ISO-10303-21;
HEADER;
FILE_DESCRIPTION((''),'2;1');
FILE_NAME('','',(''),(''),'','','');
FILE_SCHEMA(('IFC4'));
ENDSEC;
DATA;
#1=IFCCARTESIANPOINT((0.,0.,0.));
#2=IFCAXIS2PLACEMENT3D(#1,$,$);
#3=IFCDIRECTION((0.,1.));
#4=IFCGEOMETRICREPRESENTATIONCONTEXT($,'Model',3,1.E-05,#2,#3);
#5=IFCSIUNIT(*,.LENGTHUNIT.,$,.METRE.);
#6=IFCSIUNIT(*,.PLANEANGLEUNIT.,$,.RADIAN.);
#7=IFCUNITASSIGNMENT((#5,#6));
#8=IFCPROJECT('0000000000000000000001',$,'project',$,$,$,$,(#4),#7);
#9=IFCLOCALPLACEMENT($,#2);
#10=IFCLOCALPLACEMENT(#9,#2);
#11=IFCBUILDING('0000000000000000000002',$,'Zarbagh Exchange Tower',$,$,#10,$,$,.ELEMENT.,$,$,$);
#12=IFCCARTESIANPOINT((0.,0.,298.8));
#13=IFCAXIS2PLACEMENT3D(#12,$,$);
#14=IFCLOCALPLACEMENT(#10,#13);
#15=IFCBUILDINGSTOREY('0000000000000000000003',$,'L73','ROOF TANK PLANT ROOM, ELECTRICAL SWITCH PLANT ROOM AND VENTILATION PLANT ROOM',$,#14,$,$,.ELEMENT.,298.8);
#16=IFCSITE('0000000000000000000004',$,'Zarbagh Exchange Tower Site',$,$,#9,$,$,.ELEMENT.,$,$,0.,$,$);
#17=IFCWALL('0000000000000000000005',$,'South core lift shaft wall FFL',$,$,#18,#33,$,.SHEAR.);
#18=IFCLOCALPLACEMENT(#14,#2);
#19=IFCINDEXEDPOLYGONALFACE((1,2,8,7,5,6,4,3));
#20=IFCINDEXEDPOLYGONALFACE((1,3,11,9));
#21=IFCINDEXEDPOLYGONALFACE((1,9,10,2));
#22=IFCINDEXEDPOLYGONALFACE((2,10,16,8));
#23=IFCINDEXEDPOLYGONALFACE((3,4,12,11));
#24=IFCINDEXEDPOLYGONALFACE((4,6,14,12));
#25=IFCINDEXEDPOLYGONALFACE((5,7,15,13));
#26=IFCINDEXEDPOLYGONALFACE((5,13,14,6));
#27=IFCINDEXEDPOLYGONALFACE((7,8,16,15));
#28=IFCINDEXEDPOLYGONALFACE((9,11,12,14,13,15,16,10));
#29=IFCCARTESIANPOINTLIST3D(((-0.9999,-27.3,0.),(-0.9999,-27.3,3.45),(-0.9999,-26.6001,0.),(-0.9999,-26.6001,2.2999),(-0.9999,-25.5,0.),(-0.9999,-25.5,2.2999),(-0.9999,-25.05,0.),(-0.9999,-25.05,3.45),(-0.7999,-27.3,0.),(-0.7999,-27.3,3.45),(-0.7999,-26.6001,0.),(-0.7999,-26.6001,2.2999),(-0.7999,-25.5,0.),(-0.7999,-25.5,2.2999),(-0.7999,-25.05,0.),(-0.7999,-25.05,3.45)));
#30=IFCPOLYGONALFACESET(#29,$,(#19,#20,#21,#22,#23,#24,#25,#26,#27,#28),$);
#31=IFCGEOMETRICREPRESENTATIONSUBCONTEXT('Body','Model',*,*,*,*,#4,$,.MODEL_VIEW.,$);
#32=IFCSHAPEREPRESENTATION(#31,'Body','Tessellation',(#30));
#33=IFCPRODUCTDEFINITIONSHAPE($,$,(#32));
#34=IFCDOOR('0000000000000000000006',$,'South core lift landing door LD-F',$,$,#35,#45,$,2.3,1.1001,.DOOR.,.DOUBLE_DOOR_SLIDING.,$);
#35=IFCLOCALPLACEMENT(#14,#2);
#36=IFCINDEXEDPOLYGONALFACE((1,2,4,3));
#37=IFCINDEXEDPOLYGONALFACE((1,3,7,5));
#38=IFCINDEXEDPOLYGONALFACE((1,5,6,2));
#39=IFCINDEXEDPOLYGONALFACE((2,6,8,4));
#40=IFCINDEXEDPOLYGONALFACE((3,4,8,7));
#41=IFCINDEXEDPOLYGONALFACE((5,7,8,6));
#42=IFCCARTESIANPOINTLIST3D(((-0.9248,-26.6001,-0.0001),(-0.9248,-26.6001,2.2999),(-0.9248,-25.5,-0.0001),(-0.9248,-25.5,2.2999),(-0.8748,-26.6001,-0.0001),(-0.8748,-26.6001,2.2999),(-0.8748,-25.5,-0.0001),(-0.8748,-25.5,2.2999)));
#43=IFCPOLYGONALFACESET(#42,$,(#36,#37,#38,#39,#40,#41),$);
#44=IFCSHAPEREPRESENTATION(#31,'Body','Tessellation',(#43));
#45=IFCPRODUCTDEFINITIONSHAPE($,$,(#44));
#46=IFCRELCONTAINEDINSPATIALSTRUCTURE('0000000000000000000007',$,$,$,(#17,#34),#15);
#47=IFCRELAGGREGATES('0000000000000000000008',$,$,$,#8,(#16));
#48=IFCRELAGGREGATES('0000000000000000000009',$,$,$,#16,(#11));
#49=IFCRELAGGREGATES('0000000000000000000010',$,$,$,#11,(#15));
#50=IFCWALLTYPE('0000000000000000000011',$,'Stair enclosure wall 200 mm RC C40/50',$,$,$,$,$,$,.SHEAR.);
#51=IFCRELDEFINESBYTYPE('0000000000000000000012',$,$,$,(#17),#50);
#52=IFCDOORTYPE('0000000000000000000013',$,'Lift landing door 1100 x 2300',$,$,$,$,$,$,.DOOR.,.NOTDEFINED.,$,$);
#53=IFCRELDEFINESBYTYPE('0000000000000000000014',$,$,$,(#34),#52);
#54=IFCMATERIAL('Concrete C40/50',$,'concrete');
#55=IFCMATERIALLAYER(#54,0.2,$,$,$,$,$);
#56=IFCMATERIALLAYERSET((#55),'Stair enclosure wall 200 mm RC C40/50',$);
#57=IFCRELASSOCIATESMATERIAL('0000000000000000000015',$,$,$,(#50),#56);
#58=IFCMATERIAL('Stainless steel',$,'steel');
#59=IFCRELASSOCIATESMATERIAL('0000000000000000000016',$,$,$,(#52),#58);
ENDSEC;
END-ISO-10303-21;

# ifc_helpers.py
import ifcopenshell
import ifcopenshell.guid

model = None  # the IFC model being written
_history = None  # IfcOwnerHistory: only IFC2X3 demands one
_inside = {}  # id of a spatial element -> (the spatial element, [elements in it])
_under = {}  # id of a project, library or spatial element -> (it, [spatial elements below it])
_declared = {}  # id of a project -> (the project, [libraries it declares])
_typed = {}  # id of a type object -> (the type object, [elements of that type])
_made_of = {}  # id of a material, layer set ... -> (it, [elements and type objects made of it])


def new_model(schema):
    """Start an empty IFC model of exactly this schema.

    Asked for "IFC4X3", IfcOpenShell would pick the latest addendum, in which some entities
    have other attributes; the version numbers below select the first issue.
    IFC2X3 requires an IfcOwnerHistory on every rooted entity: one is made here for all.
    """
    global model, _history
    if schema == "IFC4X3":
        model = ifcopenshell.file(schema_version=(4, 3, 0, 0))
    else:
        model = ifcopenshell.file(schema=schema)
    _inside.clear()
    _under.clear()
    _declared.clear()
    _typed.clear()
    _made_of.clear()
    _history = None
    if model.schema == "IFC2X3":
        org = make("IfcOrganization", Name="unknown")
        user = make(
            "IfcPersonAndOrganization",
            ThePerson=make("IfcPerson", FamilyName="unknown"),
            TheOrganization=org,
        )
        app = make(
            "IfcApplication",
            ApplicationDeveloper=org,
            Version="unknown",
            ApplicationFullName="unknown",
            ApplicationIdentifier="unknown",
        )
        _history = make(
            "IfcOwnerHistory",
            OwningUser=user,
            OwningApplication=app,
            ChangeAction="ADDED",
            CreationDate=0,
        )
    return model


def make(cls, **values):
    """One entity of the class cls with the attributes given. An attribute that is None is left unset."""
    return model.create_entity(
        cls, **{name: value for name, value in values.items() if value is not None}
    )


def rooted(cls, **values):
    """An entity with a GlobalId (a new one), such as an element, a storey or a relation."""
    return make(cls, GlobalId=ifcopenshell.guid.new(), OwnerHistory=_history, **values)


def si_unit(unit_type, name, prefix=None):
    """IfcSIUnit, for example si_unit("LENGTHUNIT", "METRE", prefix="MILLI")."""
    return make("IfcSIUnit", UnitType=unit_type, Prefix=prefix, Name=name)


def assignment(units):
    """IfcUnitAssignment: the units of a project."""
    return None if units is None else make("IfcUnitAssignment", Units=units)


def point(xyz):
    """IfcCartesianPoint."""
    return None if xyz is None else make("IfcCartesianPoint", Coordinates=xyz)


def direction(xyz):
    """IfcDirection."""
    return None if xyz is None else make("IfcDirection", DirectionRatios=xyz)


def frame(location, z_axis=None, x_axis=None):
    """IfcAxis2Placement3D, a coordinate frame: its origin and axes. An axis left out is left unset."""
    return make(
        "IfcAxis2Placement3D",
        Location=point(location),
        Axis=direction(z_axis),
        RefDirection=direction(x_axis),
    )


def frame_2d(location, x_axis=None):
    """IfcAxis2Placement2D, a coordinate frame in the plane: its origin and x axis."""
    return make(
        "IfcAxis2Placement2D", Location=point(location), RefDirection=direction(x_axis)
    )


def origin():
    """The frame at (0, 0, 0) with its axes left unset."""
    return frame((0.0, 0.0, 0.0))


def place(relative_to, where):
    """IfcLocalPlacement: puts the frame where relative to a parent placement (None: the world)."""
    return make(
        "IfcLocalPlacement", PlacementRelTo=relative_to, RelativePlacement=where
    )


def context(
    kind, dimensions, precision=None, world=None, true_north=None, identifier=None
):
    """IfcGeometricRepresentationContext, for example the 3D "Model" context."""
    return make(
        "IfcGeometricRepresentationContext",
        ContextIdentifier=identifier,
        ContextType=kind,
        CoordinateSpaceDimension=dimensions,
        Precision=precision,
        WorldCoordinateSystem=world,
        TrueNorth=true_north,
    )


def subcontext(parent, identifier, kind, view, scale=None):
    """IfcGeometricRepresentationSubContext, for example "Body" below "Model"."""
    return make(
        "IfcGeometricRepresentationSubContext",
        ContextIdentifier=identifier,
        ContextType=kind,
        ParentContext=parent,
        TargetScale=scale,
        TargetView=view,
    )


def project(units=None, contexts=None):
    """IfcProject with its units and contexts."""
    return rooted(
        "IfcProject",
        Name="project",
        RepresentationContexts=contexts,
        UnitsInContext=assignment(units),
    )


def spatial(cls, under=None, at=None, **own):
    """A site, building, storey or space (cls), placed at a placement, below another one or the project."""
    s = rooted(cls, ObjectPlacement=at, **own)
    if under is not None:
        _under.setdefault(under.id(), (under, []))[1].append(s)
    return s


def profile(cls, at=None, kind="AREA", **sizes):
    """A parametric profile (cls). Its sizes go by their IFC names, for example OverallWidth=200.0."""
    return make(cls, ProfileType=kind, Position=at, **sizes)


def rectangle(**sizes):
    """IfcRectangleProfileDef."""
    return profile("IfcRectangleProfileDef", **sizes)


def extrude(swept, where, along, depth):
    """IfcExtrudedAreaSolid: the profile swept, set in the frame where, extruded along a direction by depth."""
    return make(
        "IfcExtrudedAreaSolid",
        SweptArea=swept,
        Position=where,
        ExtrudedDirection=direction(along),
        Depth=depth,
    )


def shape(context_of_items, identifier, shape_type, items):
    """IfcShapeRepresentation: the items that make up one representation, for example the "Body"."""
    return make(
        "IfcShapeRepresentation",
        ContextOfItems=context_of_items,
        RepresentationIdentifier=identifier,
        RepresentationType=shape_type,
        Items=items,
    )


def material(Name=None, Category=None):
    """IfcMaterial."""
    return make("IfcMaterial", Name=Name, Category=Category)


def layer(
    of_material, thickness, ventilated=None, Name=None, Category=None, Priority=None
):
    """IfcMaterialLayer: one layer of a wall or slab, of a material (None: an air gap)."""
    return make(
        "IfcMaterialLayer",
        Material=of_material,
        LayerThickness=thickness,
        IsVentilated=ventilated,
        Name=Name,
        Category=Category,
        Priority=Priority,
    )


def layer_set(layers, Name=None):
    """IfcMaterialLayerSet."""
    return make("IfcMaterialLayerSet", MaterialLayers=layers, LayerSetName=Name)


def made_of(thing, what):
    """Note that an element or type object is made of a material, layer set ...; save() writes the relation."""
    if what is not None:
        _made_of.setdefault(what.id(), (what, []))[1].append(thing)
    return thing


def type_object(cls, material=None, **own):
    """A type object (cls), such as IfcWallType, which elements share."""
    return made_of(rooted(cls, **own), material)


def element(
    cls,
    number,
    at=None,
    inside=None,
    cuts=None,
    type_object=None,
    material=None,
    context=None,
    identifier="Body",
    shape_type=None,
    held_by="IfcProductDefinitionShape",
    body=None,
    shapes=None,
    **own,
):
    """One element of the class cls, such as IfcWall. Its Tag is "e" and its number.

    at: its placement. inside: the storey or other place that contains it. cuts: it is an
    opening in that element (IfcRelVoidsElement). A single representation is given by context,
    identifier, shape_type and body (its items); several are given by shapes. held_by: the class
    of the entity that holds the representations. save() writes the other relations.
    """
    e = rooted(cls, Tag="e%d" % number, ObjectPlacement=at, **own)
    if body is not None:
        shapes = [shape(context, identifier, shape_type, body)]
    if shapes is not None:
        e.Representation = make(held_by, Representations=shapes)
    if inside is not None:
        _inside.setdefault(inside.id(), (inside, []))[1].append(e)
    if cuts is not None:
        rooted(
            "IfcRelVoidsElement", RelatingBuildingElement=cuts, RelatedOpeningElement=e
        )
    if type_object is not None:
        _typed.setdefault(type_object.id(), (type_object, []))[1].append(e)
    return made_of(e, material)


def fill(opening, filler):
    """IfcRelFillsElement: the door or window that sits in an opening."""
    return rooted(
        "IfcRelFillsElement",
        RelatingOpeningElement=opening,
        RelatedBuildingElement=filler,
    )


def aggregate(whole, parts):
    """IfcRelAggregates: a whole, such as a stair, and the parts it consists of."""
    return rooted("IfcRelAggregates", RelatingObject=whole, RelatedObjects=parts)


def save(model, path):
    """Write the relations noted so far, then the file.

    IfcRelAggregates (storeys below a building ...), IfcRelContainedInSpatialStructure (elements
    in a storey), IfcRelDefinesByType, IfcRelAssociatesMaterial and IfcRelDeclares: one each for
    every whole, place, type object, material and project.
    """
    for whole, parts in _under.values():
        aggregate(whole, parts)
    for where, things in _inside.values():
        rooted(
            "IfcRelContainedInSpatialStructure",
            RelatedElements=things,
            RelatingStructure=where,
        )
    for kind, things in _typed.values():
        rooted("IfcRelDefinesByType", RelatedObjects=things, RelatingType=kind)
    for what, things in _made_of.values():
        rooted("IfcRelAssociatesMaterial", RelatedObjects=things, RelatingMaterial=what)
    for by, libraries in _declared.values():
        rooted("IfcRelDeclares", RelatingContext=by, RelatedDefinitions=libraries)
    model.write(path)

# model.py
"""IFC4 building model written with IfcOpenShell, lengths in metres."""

from ifc_helpers import new_model, si_unit, direction, frame, frame_2d, origin, place, context, subcontext, project, spatial, rectangle, extrude, material, layer, layer_set, type_object, element, fill, save


model = new_model("IFC4")

# Units and contexts
model_context = context("Model", 3, precision=1e-05, world=origin(), true_north=direction((0.0, 1.0)))
body_context = subcontext(model_context, "Body", "Model", "MODEL_VIEW")
ifc_project = project(units=[si_unit("LENGTHUNIT", "METRE"), si_unit("PLANEANGLEUNIT", "RADIAN")], contexts=[model_context])

# Site, building, storey
site_placement = place(None, origin())
site = spatial("IfcSite", under=ifc_project, at=site_placement, Name="Zarbagh Exchange Tower Site", CompositionType="ELEMENT", RefElevation=0.0)
building_placement = place(site_placement, origin())
building = spatial("IfcBuilding", under=site, at=building_placement, Name="Zarbagh Exchange Tower", CompositionType="ELEMENT")
storey_placement = place(building_placement, frame((0.0, 0.0, 298.8)))
storey = spatial("IfcBuildingStorey", under=building, at=storey_placement, Name="L73", Description="ROOF TANK PLANT ROOM, ELECTRICAL SWITCH PLANT ROOM AND VENTILATION PLANT ROOM", CompositionType="ELEMENT", Elevation=298.8)

# Shared definitions
ifc_material_1 = material(Name="Concrete C40/50", Category="concrete")

# Shared definitions
ifc_layer_1 = layer(ifc_material_1, 0.2)
ifc_layer_set_1 = layer_set([ifc_layer_1], Name="Stair enclosure wall 200 mm RC C40/50")
wall_type_1 = type_object("IfcWallType", Name="Stair enclosure wall 200 mm RC C40/50", PredefinedType="SHEAR", material=ifc_layer_set_1)

# Wall, opening, door
wall_1_placement = place(storey_placement, frame((-0.8999, -27.3, 0.0), z_axis=(0.0, 0.0, 1.0), x_axis=(0.0, 1.0, 0.0)))
wall_1 = element("IfcWall", 1, at=wall_1_placement, inside=storey, type_object=wall_type_1, Name="South core lift shaft wall FFL", PredefinedType="SHEAR", context=body_context, shape_type="SweptSolid", body=[
    extrude(rectangle(XDim=2.25, YDim=0.2, at=frame_2d((1.125, 0.0))), origin(), (0.0, 0.0, 1.0), 3.45),
])
opening_1_placement = place(wall_1_placement, frame((0.7, 0.0, 0.0)))
opening_1 = element("IfcOpeningElement", 2, at=opening_1_placement, cuts=wall_1, PredefinedType="OPENING", context=body_context, shape_type="SweptSolid", body=[
    extrude(rectangle(XDim=1.1001, YDim=2.3, at=frame_2d((0.55, 1.1499))), frame((0.0, 0.1099, 0.0), z_axis=(0.0, -1.0, 0.0), x_axis=(1.0, 0.0, 0.0)), (0.0, 0.0, 1.0), 0.22),
])
ifc_material_2 = material(Name="Stainless steel", Category="steel")
door_type_1 = type_object("IfcDoorType", Name="Lift landing door 1100 x 2300", OperationType="NOTDEFINED", PredefinedType="DOOR", material=ifc_material_2)
door_1_placement = place(opening_1_placement, origin())
door_1 = element("IfcDoor", 3, at=door_1_placement, inside=storey, type_object=door_type_1, Name="South core lift landing door LD-F", OperationType="DOUBLE_DOOR_SLIDING", OverallHeight=2.3, OverallWidth=1.1001, PredefinedType="DOOR", context=body_context, shape_type="SweptSolid", body=[
    extrude(rectangle(XDim=1.1001, YDim=2.3, at=frame_2d((0.55, 1.1499))), frame((0.0, 0.0249, 0.0), z_axis=(0.0, -1.0, 0.0), x_axis=(1.0, 0.0, 0.0)), (0.0, 0.0, 1.0), 0.05),
])
fill(opening_1, door_1)

save(model, "model.ifc")
